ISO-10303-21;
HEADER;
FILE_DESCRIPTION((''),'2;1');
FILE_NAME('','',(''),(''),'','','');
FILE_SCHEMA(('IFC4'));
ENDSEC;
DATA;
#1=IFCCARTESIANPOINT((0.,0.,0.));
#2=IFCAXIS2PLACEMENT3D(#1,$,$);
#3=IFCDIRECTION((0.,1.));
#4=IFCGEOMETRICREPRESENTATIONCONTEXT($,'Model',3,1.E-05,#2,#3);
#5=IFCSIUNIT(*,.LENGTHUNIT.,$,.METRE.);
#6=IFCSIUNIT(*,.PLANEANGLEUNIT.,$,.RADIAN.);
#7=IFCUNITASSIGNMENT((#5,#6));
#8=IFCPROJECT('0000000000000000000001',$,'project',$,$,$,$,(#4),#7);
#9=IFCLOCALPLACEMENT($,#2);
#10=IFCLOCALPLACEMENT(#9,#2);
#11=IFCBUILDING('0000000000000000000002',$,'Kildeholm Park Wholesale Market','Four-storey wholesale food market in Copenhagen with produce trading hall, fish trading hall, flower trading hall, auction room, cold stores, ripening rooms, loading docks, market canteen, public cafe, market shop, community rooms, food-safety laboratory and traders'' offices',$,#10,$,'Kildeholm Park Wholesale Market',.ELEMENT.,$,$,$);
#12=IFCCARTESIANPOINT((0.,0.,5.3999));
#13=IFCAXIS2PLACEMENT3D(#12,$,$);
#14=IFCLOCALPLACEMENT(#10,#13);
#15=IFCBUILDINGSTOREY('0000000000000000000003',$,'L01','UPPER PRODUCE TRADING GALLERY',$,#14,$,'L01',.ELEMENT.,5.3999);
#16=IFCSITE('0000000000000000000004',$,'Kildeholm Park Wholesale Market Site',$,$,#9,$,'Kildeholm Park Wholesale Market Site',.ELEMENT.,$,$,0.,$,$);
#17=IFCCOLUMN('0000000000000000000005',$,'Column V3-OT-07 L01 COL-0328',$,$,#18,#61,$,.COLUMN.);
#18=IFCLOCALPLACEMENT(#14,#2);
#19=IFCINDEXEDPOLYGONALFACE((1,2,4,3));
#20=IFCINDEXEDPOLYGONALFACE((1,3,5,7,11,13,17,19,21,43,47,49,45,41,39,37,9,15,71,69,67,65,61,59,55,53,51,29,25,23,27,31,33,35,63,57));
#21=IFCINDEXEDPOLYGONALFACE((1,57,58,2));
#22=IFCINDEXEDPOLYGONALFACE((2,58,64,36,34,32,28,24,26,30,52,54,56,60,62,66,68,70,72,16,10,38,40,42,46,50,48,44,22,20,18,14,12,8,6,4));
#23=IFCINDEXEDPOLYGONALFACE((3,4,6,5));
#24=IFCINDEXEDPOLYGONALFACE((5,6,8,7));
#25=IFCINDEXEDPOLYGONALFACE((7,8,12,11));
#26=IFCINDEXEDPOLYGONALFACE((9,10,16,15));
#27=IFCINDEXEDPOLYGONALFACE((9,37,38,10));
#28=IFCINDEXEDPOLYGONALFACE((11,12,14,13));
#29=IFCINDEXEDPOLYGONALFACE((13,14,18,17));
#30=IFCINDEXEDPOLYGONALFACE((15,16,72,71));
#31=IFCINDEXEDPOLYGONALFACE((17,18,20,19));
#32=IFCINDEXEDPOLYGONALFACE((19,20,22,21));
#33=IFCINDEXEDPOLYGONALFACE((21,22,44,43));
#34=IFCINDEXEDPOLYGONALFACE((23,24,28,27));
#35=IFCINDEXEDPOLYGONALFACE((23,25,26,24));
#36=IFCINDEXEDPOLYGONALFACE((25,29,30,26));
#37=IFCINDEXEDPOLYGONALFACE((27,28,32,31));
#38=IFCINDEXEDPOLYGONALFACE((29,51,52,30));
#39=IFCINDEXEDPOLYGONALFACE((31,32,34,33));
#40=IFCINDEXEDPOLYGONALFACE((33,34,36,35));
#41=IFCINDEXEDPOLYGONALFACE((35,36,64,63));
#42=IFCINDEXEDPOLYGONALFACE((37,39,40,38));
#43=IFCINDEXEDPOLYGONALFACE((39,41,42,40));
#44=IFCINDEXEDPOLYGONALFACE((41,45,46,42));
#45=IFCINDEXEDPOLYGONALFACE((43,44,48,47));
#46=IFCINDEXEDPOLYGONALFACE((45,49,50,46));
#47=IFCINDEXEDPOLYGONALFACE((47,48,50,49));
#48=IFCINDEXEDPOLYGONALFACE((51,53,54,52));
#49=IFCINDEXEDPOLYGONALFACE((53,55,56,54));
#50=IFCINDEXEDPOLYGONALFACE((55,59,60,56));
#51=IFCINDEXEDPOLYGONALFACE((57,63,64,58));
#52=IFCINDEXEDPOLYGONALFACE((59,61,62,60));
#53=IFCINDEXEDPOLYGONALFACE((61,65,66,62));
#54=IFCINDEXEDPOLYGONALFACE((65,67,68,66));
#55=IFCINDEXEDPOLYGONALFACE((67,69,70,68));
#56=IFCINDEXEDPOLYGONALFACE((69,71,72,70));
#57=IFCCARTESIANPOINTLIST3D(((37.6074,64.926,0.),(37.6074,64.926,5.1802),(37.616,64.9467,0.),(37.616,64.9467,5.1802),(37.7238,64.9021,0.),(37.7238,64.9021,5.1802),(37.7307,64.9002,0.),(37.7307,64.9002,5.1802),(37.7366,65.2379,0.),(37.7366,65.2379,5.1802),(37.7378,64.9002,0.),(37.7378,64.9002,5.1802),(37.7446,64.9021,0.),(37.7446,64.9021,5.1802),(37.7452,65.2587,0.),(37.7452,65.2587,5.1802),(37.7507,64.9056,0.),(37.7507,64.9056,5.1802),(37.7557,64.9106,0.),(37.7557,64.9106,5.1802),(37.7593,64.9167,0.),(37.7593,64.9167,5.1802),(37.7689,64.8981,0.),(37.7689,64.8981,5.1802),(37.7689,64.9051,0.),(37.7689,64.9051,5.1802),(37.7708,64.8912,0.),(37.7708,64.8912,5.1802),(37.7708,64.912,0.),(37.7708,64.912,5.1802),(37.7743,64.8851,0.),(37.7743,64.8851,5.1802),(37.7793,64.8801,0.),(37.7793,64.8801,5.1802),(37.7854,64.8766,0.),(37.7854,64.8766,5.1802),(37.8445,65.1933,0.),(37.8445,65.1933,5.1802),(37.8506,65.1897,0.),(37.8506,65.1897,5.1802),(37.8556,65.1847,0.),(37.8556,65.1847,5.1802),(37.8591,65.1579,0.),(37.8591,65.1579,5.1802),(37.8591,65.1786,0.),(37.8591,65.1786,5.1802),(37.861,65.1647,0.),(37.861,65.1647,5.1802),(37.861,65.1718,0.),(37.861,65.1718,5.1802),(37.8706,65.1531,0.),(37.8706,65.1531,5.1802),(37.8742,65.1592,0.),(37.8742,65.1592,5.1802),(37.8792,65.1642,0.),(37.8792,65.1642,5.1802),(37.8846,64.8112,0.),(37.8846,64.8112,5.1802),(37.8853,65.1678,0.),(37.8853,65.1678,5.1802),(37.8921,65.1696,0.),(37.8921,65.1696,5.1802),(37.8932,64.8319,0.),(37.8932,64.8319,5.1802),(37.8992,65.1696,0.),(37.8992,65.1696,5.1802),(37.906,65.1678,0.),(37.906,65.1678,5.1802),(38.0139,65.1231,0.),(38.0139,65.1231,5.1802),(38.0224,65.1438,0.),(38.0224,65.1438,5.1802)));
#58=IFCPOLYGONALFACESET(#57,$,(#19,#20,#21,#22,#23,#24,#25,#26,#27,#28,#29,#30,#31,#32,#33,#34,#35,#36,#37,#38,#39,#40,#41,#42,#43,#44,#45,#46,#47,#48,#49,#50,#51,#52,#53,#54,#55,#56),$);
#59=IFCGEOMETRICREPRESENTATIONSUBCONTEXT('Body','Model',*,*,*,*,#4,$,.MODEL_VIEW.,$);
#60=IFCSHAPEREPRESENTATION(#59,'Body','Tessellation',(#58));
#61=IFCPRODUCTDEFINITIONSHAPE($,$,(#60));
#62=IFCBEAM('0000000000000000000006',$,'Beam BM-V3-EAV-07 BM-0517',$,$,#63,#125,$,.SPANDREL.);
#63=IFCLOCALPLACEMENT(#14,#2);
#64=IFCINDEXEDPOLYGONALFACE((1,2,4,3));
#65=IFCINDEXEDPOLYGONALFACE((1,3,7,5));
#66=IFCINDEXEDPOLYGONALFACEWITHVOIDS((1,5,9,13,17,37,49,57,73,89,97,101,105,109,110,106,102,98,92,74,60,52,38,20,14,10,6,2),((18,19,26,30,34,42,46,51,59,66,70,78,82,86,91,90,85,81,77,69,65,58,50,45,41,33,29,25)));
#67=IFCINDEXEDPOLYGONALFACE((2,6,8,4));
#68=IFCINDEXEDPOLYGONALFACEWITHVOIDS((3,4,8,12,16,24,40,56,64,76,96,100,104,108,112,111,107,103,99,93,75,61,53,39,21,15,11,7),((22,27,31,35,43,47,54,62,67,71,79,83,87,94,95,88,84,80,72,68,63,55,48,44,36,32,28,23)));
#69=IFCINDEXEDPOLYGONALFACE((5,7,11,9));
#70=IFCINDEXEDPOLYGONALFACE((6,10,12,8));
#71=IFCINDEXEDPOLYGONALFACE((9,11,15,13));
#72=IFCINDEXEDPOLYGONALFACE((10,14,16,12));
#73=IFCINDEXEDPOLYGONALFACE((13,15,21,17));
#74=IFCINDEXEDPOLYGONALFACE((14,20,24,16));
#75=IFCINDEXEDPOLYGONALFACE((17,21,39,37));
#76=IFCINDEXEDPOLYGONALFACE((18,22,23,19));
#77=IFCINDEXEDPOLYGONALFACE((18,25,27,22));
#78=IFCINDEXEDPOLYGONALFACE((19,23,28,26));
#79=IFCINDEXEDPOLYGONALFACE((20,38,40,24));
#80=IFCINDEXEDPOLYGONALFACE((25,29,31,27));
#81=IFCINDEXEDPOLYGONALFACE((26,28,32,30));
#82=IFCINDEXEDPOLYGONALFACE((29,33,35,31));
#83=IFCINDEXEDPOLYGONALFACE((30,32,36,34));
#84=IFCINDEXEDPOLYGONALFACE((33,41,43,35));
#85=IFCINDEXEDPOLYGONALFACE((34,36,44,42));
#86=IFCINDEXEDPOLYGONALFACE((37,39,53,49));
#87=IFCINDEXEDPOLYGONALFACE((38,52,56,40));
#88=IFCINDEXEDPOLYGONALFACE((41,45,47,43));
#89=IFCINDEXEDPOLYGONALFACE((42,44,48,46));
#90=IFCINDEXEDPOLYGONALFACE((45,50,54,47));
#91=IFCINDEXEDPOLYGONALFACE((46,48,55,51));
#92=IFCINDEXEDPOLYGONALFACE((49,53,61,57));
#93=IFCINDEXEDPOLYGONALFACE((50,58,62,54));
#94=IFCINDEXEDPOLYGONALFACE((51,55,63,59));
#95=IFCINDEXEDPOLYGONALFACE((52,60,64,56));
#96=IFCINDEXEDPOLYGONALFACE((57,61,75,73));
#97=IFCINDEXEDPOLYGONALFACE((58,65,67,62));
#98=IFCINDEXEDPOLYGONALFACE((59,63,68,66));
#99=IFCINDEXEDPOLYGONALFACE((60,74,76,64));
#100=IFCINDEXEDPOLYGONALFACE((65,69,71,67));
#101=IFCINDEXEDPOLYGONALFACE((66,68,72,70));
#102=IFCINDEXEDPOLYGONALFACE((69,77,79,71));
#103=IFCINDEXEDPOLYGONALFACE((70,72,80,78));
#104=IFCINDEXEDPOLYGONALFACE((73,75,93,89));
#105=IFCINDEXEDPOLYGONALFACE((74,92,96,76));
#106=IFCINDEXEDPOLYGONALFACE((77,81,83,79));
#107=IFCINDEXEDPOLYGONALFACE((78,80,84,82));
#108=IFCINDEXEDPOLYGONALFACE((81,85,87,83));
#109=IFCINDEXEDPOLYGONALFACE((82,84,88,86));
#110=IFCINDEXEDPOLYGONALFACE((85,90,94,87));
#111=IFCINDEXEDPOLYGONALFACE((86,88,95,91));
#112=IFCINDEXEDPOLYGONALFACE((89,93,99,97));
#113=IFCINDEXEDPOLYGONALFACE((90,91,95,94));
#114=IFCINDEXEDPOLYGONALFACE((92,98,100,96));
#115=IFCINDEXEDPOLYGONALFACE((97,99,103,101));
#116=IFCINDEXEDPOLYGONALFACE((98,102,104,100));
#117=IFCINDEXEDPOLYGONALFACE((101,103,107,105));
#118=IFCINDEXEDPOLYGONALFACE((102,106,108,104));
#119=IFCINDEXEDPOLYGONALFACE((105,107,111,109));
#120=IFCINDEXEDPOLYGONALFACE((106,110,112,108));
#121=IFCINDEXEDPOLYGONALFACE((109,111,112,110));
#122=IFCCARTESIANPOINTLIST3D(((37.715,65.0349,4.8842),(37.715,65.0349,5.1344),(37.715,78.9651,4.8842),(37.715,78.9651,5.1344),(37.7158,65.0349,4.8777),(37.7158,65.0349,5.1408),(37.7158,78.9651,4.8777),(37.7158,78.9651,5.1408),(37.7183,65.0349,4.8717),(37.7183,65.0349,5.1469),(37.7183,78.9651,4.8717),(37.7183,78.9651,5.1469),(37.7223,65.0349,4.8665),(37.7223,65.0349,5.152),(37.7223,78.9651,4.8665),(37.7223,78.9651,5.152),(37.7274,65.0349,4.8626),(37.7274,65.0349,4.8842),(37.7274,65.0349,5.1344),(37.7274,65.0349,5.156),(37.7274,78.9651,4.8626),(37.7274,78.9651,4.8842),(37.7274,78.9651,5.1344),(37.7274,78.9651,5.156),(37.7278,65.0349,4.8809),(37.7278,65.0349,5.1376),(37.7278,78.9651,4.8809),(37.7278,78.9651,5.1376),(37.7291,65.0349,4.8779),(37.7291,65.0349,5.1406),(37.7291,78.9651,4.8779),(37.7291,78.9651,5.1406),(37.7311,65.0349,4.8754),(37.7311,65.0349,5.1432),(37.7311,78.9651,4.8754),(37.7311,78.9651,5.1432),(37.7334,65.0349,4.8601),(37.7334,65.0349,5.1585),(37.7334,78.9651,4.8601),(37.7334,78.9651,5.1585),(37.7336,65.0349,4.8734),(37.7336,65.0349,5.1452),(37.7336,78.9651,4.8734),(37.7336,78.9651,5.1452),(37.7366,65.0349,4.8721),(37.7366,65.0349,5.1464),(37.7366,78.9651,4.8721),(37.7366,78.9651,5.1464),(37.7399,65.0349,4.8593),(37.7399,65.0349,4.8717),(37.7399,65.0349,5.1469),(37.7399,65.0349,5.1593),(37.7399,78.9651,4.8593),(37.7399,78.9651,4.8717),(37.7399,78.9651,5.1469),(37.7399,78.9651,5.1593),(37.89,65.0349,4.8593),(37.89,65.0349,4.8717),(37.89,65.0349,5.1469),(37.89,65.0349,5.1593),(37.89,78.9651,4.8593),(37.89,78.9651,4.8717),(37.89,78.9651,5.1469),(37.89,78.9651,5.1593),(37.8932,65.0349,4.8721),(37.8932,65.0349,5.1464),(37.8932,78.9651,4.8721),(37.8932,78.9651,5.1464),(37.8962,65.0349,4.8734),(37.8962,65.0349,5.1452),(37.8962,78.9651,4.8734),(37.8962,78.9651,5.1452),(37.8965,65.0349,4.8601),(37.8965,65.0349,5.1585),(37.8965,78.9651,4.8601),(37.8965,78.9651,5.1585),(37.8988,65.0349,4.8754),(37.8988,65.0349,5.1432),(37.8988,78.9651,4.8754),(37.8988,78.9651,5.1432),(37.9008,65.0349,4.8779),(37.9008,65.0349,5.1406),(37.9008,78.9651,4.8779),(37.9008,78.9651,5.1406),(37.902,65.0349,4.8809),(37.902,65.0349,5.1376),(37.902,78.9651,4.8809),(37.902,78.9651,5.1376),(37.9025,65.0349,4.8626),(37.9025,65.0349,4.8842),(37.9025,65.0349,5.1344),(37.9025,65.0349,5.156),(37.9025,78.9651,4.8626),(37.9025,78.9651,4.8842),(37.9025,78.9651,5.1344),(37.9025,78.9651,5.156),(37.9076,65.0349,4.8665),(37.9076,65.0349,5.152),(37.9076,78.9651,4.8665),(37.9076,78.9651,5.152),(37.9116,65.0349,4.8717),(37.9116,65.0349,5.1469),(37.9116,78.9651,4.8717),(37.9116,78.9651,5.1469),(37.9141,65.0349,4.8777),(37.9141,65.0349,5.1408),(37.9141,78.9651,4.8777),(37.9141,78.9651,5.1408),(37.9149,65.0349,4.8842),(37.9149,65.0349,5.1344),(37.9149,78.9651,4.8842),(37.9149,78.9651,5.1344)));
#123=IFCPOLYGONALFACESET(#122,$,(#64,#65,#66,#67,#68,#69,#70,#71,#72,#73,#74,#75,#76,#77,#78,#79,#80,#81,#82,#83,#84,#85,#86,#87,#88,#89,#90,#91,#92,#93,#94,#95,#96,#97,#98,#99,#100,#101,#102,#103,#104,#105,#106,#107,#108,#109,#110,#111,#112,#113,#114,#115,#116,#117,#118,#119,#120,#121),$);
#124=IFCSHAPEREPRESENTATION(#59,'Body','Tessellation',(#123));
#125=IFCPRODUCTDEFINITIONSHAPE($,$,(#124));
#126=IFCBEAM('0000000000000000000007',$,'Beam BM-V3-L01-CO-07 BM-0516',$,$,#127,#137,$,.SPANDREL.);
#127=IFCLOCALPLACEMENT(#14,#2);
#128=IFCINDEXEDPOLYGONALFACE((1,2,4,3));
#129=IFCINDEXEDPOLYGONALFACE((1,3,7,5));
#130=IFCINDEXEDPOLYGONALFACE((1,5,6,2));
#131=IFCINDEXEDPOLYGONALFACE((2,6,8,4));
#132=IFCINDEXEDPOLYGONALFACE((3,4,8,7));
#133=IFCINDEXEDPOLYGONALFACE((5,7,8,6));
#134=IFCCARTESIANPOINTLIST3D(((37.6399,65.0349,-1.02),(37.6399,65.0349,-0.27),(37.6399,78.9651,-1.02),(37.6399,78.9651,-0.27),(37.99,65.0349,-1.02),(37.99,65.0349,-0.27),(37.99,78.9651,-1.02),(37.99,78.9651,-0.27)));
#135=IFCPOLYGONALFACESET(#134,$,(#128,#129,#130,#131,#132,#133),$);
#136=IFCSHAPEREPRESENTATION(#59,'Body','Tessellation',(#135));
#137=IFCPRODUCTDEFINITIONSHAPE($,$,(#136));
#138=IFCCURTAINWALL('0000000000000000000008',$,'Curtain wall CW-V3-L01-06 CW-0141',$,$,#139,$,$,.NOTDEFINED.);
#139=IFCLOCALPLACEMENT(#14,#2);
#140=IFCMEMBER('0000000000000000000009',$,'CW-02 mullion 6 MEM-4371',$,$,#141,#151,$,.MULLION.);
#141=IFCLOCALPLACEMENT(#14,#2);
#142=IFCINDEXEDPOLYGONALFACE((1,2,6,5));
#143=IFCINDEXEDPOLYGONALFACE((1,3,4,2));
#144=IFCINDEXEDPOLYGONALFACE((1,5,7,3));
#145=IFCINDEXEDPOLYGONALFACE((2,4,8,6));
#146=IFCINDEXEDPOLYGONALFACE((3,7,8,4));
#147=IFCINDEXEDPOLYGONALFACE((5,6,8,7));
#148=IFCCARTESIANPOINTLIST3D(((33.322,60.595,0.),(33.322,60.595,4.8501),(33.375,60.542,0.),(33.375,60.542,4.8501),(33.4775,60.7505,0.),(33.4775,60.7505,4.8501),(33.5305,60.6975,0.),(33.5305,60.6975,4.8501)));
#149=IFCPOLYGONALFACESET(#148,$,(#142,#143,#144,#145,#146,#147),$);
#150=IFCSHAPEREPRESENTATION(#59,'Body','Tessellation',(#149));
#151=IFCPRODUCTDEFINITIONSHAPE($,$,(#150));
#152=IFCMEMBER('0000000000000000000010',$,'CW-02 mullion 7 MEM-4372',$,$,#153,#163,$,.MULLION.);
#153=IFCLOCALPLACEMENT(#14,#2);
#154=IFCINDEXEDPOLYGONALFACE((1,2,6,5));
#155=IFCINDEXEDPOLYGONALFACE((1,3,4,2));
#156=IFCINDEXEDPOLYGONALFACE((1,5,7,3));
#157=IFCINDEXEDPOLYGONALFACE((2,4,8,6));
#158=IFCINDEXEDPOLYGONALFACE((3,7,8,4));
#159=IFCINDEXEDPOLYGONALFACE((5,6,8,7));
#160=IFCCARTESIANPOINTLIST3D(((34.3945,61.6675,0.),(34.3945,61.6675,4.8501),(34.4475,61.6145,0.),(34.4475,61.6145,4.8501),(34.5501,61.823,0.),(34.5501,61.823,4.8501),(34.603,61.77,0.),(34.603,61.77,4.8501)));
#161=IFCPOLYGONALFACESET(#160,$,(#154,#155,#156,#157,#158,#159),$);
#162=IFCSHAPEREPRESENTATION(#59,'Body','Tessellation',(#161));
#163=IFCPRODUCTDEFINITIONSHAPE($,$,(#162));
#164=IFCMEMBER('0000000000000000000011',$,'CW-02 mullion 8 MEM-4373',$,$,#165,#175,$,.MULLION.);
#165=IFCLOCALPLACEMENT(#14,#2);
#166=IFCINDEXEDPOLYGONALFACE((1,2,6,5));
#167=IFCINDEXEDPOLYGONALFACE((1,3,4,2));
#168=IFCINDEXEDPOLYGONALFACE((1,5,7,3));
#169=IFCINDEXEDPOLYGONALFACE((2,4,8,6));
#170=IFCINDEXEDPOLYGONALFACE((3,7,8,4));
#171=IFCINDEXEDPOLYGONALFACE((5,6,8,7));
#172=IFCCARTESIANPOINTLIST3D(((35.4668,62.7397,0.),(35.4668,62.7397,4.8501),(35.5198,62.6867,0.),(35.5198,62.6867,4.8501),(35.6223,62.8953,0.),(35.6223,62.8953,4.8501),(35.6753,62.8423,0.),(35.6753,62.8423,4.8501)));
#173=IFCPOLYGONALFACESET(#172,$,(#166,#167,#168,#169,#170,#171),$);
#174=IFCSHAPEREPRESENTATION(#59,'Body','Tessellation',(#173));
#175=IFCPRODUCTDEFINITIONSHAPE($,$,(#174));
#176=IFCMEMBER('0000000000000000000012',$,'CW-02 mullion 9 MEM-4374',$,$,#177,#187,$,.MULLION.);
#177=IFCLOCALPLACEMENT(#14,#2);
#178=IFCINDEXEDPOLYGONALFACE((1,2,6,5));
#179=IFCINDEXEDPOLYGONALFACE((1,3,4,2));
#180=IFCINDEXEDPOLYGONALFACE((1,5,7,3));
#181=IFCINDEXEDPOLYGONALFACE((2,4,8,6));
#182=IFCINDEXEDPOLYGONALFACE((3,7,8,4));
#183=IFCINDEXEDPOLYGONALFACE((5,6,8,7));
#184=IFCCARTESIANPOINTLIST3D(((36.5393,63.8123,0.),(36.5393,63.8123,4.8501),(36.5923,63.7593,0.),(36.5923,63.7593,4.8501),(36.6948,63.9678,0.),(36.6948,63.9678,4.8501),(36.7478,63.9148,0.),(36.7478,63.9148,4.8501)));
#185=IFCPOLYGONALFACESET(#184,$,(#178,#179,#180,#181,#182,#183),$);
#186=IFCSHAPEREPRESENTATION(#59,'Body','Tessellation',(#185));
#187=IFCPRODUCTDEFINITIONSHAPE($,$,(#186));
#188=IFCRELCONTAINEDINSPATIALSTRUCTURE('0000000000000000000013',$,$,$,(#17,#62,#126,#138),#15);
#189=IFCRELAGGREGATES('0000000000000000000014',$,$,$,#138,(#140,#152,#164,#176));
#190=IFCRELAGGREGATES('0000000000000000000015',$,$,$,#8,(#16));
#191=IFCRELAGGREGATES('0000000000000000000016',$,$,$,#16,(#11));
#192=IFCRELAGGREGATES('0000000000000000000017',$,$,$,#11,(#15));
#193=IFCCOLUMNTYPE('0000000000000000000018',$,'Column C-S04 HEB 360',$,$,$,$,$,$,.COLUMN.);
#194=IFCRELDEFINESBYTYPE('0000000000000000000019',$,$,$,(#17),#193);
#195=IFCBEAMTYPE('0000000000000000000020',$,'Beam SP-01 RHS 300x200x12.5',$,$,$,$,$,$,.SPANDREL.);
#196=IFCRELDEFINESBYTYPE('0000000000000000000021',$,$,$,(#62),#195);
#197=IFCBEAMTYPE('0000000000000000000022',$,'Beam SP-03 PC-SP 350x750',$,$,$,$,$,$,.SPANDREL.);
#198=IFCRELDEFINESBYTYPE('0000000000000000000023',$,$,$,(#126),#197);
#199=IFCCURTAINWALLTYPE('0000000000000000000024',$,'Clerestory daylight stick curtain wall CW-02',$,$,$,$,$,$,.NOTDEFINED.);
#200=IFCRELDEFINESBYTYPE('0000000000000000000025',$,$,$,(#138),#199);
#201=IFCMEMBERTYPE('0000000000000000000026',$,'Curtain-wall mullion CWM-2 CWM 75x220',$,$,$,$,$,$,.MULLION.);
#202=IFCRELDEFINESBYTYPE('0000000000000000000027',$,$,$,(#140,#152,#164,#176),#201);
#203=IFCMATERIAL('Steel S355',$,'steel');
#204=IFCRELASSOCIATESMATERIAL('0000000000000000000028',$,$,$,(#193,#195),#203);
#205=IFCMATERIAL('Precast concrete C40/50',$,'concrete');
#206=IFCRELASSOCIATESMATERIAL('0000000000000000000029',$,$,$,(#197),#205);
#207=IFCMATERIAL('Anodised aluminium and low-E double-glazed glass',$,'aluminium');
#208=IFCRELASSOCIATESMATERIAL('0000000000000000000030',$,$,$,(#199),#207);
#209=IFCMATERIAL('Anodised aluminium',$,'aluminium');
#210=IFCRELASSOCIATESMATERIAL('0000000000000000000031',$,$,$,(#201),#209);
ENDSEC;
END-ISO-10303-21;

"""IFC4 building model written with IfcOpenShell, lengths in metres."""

from ifc_helpers import new_model, si_unit, direction, frame, origin, origin_2d, place, context, subcontext, project, spatial, rectangle, hollow_rectangle, i_section, extrude, material, material_profile, profile_set, type_object, element, aggregate, save


model = new_model("IFC4")

# Units and contexts
model_context = context("Model", 3, precision=1e-05, world=origin(), true_north=direction((0.0, 1.0)))
body_context = subcontext(model_context, "Body", "Model", "MODEL_VIEW")
ifc_project = project(units=[si_unit("LENGTHUNIT", "METRE"), si_unit("PLANEANGLEUNIT", "RADIAN")], contexts=[model_context])

# Site, building, storey
site_placement = place(None, origin())
site = spatial("IfcSite", under=ifc_project, at=site_placement, Name="Kildeholm Park Wholesale Market Site", LongName="Kildeholm Park Wholesale Market Site", CompositionType="ELEMENT", RefElevation=0.0)
building_placement = place(site_placement, origin())
building = spatial("IfcBuilding", under=site, at=building_placement, Name="Kildeholm Park Wholesale Market", Description="Four-storey wholesale food market in Copenhagen with produce trading hall, fish trading hall, flower trading hall, auction room, cold stores, ripening rooms, loading docks, market canteen, public cafe, market shop, community rooms, food-safety laboratory and traders' offices", LongName="Kildeholm Park Wholesale Market", CompositionType="ELEMENT")
storey_placement = place(building_placement, frame((0.0, 0.0, 5.3999)))
storey = spatial("IfcBuildingStorey", under=building, at=storey_placement, Name="L01", Description="UPPER PRODUCE TRADING GALLERY", LongName="L01", CompositionType="ELEMENT", Elevation=5.3999)

# Column
ifc_material_1 = material(Name="Steel S355", Category="steel")
ifc_material_profile_1 = material_profile(ifc_material_1, i_section(OverallWidth=0.3, OverallDepth=0.3601, WebThickness=0.0125, FlangeThickness=0.0225, FilletRadius=0.0271, at=origin_2d()), Name="HEB 360")
ifc_profile_set_1 = profile_set([ifc_material_profile_1], Name="Steel S355")
column_type = type_object("IfcColumnType", Name="Column C-S04 HEB 360", PredefinedType="COLUMN", material=ifc_profile_set_1)
column_placement = place(storey_placement, frame((37.8149, 65.0349, 0.0), z_axis=(0.0, 0.0, 1.0), x_axis=(0.92388, -0.382683, 0.0)))
element("IfcColumn", 1, at=column_placement, inside=storey, type_object=column_type, Name="Column V3-OT-07 L01 COL-0328", PredefinedType="COLUMN", context=body_context, shape_type="SweptSolid", body=[
    extrude(i_section(OverallWidth=0.3, OverallDepth=0.3601, WebThickness=0.0125, FlangeThickness=0.0225, FilletRadius=0.0271, at=origin_2d()), origin(), (0.0, 0.0, 1.0), 5.1802),
])

# Beams
ifc_material_profile_2 = material_profile(ifc_material_1, hollow_rectangle(XDim=0.2, YDim=0.3, WallThickness=0.0125, InnerFilletRadius=0.0125, OuterFilletRadius=0.0249, at=origin_2d()), Name="RHS 300x200x12.5")
ifc_profile_set_2 = profile_set([ifc_material_profile_2], Name="Steel S355")
beam_type_1 = type_object("IfcBeamType", Name="Beam SP-01 RHS 300x200x12.5", PredefinedType="SPANDREL", material=ifc_profile_set_2)
beam_1_placement = place(storey_placement, frame((37.8149, 65.0349, 5.0093), z_axis=(0.0, 1.0, 0.0), x_axis=(-1.0, 0.0, 0.0)))
element("IfcBeam", 2, at=beam_1_placement, inside=storey, type_object=beam_type_1, Name="Beam BM-V3-EAV-07 BM-0517", PredefinedType="SPANDREL", context=body_context, shape_type="SweptSolid", body=[
    extrude(hollow_rectangle(XDim=0.2, YDim=0.3, WallThickness=0.0125, InnerFilletRadius=0.0125, OuterFilletRadius=0.0249, at=origin_2d()), origin(), (0.0, 0.0, 1.0), 13.9302),
])
ifc_material_2 = material(Name="Precast concrete C40/50", Category="concrete")
ifc_material_profile_3 = material_profile(ifc_material_2, rectangle(XDim=0.3501, YDim=0.75, at=origin_2d()), Name="PC-SP 350x750")
ifc_profile_set_3 = profile_set([ifc_material_profile_3], Name="Precast concrete C40/50")
beam_type_2 = type_object("IfcBeamType", Name="Beam SP-03 PC-SP 350x750", PredefinedType="SPANDREL", material=ifc_profile_set_3)
beam_2_placement = place(storey_placement, frame((37.8149, 65.0349, -0.645), z_axis=(0.0, 1.0, 0.0), x_axis=(-1.0, 0.0, 0.0)))
element("IfcBeam", 3, at=beam_2_placement, inside=storey, type_object=beam_type_2, Name="Beam BM-V3-L01-CO-07 BM-0516", PredefinedType="SPANDREL", context=body_context, shape_type="SweptSolid", body=[
    extrude(rectangle(XDim=0.3501, YDim=0.75, at=origin_2d()), origin(), (0.0, 0.0, 1.0), 13.9302),
])

# Curtain wall, members
ifc_material_3 = material(Name="Anodised aluminium and low-E double-glazed glass", Category="aluminium")
curtain_wall_type = type_object("IfcCurtainWallType", Name="Clerestory daylight stick curtain wall CW-02", PredefinedType="NOTDEFINED", material=ifc_material_3)
curtain_wall_1_placement = place(storey_placement, origin())
curtain_wall_1 = element("IfcCurtainWall", 4, at=curtain_wall_1_placement, inside=storey, type_object=curtain_wall_type, Name="Curtain wall CW-V3-L01-06 CW-0141", PredefinedType="NOTDEFINED")
ifc_material_4 = material(Name="Anodised aluminium", Category="aluminium")
ifc_material_profile_4 = material_profile(ifc_material_4, rectangle(XDim=0.075, YDim=0.22, at=origin_2d()), Name="CWM 75x220")
ifc_profile_set_4 = profile_set([ifc_material_profile_4], Name="Anodised aluminium")
member_type_1 = type_object("IfcMemberType", Name="Curtain-wall mullion CWM-2 CWM 75x220", PredefinedType="MULLION", material=ifc_profile_set_4)
member_1_placement = place(storey_placement, frame((33.4263, 60.6462, 0.0), z_axis=(0.0, 0.0, 1.0), x_axis=(-0.707107, 0.707107, 0.0)))
member_1 = element("IfcMember", 5, at=member_1_placement, type_object=member_type_1, Name="CW-02 mullion 6 MEM-4371", PredefinedType="MULLION", context=body_context, shape_type="SweptSolid", body=[
    extrude(rectangle(XDim=0.075, YDim=0.22, at=origin_2d()), origin(), (0.0, 0.0, 1.0), 4.8501),
])
member_2_placement = place(storey_placement, frame((34.4988, 61.7188, 0.0), z_axis=(0.0, 0.0, 1.0), x_axis=(-0.707107, 0.707107, 0.0)))
member_2 = element("IfcMember", 6, at=member_2_placement, type_object=member_type_1, Name="CW-02 mullion 7 MEM-4372", PredefinedType="MULLION", context=body_context, shape_type="SweptSolid", body=[
    extrude(rectangle(XDim=0.075, YDim=0.22, at=origin_2d()), origin(), (0.0, 0.0, 1.0), 4.8501),
])
member_3_placement = place(storey_placement, frame((35.571, 62.791, 0.0), z_axis=(0.0, 0.0, 1.0), x_axis=(-0.707107, 0.707107, 0.0)))
member_3 = element("IfcMember", 7, at=member_3_placement, type_object=member_type_1, Name="CW-02 mullion 8 MEM-4373", PredefinedType="MULLION", context=body_context, shape_type="SweptSolid", body=[
    extrude(rectangle(XDim=0.075, YDim=0.22, at=origin_2d()), origin(), (0.0, 0.0, 1.0), 4.8501),
])
member_4_placement = place(storey_placement, frame((36.6436, 63.8635, 0.0), z_axis=(0.0, 0.0, 1.0), x_axis=(-0.707107, 0.707107, 0.0)))
member_4 = element("IfcMember", 8, at=member_4_placement, type_object=member_type_1, Name="CW-02 mullion 9 MEM-4374", PredefinedType="MULLION", context=body_context, shape_type="SweptSolid", body=[
    extrude(rectangle(XDim=0.075, YDim=0.22, at=origin_2d()), origin(), (0.0, 0.0, 1.0), 4.8501),
])

aggregate(curtain_wall_1, [member_1, member_2, member_3, member_4])

save(model, "model.ifc")
